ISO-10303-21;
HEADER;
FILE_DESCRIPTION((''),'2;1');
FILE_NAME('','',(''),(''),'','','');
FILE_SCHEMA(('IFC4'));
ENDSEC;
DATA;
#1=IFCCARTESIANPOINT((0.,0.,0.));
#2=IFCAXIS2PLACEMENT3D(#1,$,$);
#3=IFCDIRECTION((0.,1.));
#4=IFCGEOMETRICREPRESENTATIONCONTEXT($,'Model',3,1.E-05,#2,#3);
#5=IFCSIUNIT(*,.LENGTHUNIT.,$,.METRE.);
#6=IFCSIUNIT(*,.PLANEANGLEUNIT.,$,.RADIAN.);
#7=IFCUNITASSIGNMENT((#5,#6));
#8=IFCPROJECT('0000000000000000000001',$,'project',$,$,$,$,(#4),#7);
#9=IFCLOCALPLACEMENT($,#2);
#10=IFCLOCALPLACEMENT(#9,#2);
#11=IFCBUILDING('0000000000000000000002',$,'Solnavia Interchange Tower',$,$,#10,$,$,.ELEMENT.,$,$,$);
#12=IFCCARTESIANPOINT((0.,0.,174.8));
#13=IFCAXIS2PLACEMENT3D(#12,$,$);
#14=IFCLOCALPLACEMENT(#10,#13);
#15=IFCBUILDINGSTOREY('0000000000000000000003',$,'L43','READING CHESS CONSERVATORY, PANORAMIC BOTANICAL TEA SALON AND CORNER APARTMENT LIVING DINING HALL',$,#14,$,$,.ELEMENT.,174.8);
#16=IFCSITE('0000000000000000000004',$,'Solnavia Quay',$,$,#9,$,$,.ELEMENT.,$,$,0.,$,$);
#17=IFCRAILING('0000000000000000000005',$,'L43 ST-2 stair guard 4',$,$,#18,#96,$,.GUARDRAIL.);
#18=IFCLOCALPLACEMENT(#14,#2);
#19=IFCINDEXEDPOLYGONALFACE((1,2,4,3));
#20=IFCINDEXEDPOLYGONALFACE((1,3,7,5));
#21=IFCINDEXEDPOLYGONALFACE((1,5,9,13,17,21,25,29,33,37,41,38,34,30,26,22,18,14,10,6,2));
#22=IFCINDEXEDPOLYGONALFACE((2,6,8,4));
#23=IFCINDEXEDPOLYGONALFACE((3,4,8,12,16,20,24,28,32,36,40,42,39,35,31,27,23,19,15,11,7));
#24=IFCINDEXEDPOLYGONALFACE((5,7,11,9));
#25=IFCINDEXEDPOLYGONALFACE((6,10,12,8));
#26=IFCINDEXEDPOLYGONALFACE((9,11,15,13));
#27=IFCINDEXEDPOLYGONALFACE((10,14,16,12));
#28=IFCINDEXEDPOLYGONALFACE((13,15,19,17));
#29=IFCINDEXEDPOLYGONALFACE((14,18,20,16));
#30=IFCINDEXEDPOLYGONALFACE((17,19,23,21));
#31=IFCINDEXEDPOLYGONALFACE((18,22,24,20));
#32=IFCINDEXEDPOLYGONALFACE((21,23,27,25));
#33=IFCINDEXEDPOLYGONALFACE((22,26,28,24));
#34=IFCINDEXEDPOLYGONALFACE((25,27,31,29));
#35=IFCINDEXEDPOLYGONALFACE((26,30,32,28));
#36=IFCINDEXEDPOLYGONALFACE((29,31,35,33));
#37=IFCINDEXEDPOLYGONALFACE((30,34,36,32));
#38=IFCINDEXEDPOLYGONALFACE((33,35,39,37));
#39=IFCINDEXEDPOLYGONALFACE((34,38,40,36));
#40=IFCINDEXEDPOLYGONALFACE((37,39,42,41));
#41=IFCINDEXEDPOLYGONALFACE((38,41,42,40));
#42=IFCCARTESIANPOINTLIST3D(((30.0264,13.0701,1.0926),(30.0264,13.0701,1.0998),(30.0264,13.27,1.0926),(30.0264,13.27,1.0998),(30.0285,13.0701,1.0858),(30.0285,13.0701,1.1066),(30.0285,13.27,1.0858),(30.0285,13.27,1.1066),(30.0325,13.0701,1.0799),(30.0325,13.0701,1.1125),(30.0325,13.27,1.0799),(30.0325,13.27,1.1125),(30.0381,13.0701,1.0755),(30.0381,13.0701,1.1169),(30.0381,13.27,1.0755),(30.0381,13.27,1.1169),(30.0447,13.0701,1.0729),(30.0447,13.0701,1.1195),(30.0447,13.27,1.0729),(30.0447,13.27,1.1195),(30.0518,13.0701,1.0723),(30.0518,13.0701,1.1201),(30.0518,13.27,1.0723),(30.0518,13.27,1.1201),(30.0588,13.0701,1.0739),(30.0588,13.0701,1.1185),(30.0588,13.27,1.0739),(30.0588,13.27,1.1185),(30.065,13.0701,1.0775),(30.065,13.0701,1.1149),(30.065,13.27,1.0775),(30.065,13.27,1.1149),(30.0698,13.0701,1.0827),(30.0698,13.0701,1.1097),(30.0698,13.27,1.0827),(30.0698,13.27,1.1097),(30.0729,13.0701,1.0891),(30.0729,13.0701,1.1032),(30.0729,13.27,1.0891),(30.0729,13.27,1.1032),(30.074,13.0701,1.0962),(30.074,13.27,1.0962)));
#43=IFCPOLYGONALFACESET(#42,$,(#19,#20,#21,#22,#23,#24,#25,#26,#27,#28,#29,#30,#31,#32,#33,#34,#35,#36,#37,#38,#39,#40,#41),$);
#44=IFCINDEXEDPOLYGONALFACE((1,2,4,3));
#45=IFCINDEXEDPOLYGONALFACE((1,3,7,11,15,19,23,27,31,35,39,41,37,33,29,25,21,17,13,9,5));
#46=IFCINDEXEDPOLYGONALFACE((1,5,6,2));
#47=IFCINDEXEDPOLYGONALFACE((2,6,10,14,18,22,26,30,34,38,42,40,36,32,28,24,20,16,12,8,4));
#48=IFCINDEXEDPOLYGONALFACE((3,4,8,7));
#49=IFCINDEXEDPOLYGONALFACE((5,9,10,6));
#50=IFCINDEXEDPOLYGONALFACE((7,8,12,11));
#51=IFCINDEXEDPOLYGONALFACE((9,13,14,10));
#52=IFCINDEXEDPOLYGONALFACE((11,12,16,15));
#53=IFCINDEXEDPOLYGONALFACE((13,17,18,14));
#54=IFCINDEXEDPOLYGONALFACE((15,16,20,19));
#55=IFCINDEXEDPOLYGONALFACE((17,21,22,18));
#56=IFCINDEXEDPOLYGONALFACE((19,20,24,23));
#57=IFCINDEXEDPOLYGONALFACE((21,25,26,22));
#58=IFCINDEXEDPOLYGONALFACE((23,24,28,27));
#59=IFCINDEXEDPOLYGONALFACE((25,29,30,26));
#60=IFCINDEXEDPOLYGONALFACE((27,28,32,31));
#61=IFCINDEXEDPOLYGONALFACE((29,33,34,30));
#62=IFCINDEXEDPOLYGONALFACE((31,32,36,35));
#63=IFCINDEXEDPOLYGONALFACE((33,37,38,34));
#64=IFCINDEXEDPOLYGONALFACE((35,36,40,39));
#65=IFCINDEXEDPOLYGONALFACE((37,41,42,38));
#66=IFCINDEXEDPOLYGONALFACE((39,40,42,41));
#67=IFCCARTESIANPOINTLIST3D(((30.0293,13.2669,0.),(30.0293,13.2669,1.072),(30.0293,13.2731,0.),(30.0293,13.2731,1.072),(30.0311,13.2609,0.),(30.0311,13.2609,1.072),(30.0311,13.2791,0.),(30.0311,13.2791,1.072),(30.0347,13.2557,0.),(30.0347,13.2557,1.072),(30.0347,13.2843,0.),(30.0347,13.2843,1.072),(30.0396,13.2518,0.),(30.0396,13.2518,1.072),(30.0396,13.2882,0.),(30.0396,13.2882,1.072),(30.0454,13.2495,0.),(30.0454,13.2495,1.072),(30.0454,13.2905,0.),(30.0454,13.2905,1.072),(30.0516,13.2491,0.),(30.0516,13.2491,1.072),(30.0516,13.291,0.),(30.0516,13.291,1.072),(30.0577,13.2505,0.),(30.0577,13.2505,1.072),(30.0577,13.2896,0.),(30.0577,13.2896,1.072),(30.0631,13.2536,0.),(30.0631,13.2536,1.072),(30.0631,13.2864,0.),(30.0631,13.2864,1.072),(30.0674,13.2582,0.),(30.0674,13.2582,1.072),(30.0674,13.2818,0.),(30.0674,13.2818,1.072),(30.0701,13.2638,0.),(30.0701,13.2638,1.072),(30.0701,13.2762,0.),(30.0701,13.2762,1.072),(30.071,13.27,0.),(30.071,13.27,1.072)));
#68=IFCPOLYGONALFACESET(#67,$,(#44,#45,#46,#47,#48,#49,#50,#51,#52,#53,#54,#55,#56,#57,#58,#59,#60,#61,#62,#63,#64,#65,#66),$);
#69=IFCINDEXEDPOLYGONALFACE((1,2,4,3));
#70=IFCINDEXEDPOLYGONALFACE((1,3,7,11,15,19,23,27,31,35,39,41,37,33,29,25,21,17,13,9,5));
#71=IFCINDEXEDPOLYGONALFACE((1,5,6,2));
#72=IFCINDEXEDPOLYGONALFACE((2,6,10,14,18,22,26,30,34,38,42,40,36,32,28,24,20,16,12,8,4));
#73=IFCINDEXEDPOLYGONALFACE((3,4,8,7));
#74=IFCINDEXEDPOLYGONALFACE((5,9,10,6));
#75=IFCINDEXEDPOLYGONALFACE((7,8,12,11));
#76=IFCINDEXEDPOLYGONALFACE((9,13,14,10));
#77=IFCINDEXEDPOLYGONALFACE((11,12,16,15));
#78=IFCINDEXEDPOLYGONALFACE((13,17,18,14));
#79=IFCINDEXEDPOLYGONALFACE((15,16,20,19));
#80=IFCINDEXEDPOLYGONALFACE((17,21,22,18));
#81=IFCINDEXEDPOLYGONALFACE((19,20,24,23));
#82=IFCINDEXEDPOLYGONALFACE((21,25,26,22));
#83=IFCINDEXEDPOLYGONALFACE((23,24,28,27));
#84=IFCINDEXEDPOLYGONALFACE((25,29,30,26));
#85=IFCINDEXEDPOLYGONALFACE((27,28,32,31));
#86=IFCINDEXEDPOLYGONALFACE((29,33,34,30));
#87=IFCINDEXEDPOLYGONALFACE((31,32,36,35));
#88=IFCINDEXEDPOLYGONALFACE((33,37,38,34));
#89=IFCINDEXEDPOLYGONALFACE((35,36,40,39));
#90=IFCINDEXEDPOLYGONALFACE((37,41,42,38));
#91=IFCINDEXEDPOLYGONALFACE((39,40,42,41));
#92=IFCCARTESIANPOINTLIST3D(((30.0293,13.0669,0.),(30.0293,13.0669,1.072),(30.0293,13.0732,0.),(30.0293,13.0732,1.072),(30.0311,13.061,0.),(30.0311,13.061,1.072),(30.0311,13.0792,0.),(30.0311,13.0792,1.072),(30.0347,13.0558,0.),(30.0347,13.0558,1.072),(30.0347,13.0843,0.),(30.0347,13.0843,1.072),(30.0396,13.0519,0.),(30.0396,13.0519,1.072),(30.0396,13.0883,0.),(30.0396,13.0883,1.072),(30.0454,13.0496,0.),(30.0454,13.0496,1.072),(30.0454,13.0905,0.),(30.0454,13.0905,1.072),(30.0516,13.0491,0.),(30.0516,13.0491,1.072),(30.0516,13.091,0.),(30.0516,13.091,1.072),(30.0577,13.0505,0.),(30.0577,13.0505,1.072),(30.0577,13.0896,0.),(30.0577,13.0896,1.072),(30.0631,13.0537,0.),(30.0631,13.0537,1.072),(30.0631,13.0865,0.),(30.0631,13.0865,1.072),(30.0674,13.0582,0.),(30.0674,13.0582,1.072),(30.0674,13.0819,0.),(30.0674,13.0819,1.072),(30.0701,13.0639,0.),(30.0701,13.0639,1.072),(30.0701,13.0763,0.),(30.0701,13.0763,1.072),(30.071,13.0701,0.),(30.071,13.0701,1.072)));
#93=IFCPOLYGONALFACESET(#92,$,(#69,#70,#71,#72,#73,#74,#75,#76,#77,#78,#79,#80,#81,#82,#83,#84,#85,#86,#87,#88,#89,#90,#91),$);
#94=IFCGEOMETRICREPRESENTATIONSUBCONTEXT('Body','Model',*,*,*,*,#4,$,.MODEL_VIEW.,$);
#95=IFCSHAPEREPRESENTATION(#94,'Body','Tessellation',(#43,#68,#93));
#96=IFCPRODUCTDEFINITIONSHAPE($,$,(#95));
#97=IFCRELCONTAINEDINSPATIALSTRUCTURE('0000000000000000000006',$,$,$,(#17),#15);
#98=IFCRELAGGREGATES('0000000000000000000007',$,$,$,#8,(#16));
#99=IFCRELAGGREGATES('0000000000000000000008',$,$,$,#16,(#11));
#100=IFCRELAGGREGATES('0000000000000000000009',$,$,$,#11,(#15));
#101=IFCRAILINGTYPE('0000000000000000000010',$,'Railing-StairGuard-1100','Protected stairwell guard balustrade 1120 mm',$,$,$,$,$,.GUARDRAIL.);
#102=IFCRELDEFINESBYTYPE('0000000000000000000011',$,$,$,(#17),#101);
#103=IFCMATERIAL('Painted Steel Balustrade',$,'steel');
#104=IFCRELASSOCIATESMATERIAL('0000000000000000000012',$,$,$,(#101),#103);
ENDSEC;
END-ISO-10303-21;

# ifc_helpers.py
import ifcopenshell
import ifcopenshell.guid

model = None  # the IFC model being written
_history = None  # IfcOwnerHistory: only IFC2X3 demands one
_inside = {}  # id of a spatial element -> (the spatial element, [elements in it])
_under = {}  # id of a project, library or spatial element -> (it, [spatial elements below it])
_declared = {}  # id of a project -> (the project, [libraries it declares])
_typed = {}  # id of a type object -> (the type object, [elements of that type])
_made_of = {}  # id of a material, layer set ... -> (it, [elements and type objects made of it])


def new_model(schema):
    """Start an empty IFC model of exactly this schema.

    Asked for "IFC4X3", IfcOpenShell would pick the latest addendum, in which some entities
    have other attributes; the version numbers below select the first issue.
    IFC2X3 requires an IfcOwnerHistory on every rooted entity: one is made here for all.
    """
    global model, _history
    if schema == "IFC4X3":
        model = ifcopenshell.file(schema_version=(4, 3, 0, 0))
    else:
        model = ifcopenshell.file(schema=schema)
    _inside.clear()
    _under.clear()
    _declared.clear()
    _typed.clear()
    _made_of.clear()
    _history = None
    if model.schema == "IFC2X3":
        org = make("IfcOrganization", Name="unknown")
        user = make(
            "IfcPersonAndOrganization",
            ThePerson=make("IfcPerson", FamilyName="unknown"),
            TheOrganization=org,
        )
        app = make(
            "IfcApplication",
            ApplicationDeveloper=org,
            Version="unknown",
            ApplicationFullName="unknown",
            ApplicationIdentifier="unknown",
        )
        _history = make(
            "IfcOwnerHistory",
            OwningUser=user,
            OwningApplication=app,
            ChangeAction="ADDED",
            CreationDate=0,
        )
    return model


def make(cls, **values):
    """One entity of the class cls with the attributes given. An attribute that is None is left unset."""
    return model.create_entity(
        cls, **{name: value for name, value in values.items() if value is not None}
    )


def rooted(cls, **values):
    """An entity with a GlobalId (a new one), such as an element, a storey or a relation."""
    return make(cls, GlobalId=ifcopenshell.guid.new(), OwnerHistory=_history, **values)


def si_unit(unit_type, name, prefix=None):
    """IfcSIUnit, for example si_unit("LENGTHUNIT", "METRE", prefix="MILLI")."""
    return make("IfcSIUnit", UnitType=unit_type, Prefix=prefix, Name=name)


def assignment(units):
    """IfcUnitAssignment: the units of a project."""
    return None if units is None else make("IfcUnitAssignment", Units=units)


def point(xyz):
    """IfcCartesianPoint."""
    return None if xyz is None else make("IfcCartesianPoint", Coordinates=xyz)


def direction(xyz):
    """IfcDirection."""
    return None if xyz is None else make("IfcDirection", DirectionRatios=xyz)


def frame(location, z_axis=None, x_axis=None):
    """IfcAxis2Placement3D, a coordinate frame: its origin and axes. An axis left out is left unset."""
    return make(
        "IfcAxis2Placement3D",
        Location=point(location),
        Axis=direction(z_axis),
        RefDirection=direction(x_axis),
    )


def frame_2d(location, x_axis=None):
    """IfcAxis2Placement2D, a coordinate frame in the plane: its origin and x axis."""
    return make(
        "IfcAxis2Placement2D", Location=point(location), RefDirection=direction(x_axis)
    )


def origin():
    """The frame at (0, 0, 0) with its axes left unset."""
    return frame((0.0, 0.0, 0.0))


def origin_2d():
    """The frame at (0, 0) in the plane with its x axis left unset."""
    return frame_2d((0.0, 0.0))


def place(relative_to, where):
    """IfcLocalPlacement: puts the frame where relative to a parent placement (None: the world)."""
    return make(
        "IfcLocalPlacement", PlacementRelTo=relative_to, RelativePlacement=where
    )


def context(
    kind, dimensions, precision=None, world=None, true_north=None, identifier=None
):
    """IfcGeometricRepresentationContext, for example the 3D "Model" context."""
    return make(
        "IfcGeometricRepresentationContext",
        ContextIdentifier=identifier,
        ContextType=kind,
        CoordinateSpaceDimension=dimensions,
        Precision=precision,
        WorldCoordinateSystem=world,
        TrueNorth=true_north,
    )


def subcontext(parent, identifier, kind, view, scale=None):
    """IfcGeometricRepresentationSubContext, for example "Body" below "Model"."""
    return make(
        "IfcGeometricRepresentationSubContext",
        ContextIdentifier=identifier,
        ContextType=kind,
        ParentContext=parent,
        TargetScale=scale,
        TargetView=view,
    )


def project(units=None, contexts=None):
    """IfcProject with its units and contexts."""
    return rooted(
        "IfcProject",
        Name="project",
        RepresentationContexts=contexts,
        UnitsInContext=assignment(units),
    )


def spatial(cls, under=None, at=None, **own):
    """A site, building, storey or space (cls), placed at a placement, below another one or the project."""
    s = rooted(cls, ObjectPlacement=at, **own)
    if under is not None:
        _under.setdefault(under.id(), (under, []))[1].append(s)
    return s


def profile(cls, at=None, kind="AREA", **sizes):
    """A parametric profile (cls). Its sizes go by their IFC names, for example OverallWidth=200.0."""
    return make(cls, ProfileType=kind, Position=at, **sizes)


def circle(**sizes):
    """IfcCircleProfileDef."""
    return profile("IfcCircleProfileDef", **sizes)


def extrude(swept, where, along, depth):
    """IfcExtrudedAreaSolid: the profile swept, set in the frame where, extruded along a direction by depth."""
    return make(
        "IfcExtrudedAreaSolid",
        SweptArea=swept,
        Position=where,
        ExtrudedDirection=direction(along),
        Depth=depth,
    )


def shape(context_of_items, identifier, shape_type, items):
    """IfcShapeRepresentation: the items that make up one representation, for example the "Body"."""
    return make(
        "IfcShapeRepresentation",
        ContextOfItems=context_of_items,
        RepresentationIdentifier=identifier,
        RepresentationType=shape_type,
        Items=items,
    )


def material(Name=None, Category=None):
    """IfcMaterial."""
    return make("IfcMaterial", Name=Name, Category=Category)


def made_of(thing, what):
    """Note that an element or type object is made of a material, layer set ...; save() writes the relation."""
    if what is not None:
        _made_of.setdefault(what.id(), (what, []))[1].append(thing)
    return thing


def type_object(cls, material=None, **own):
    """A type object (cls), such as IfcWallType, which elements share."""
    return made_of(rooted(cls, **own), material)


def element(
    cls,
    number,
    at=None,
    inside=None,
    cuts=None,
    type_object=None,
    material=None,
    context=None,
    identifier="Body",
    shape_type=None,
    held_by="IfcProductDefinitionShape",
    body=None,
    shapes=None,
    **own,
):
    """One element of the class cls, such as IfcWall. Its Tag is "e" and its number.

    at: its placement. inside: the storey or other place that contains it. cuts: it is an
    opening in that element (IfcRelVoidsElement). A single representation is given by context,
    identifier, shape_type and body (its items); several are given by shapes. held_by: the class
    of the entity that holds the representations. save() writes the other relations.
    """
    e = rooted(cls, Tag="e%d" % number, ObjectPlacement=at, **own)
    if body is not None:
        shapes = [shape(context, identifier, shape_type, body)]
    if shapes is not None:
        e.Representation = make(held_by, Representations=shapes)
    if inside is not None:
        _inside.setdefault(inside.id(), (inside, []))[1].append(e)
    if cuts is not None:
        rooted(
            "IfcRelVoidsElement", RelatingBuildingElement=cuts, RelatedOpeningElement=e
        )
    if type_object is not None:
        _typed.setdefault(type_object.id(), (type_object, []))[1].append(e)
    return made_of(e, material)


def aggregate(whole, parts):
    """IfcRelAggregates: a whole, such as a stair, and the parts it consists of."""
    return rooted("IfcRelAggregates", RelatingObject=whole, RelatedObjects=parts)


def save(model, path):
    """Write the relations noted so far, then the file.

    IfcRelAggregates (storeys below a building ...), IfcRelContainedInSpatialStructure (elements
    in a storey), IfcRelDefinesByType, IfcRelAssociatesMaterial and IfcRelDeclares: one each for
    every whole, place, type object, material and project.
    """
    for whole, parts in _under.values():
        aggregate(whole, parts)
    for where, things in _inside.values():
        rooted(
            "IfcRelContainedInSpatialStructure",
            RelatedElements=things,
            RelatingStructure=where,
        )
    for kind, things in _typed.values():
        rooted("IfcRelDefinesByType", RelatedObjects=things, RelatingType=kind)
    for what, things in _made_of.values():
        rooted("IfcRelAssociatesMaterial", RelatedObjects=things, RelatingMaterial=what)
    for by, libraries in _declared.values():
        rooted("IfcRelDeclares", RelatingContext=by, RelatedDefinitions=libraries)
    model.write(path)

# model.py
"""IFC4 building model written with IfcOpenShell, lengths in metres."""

from ifc_helpers import new_model, si_unit, direction, frame, origin, origin_2d, place, context, subcontext, project, spatial, circle, extrude, material, type_object, element, save


model = new_model("IFC4")

# Units and contexts
model_context = context("Model", 3, precision=1e-05, world=origin(), true_north=direction((0.0, 1.0)))
body_context = subcontext(model_context, "Body", "Model", "MODEL_VIEW")
ifc_project = project(units=[si_unit("LENGTHUNIT", "METRE"), si_unit("PLANEANGLEUNIT", "RADIAN")], contexts=[model_context])

# Site, building, storey
site_placement = place(None, origin())
site = spatial("IfcSite", under=ifc_project, at=site_placement, Name="Solnavia Quay", CompositionType="ELEMENT", RefElevation=0.0)
building_placement = place(site_placement, origin())
building = spatial("IfcBuilding", under=site, at=building_placement, Name="Solnavia Interchange Tower", CompositionType="ELEMENT")
storey_placement = place(building_placement, frame((0.0, 0.0, 174.8)))
storey = spatial("IfcBuildingStorey", under=building, at=storey_placement, Name="L43", Description="READING CHESS CONSERVATORY, PANORAMIC BOTANICAL TEA SALON AND CORNER APARTMENT LIVING DINING HALL", CompositionType="ELEMENT", Elevation=174.8)

# Railing
ifc_material_1 = material(Name="Painted Steel Balustrade", Category="steel")
railing_type_1 = type_object("IfcRailingType", Name="Railing-StairGuard-1100", Description="Protected stairwell guard balustrade 1120 mm", PredefinedType="GUARDRAIL", material=ifc_material_1)
railing_1_placement = place(storey_placement, frame((30.05, 13.27, 0.0)))
element("IfcRailing", 1, at=railing_1_placement, inside=storey, type_object=railing_type_1, Name="L43 ST-2 stair guard 4", PredefinedType="GUARDRAIL", context=body_context, shape_type="SweptSolid", body=[
    extrude(circle(Radius=0.0239, at=origin_2d()), frame((0.0, 0.0, 1.0962), z_axis=(0.0, -1.0, 0.0), x_axis=(1.0, 0.0, 0.0)), (0.0, 0.0, 1.0), 0.2),
    extrude(circle(Radius=0.021, at=origin_2d()), origin(), (0.0, 0.0, 1.0), 1.072),
    extrude(circle(Radius=0.021, at=origin_2d()), frame((0.0, -0.2, 0.0)), (0.0, 0.0, 1.0), 1.072),
])

save(model, "model.ifc")
